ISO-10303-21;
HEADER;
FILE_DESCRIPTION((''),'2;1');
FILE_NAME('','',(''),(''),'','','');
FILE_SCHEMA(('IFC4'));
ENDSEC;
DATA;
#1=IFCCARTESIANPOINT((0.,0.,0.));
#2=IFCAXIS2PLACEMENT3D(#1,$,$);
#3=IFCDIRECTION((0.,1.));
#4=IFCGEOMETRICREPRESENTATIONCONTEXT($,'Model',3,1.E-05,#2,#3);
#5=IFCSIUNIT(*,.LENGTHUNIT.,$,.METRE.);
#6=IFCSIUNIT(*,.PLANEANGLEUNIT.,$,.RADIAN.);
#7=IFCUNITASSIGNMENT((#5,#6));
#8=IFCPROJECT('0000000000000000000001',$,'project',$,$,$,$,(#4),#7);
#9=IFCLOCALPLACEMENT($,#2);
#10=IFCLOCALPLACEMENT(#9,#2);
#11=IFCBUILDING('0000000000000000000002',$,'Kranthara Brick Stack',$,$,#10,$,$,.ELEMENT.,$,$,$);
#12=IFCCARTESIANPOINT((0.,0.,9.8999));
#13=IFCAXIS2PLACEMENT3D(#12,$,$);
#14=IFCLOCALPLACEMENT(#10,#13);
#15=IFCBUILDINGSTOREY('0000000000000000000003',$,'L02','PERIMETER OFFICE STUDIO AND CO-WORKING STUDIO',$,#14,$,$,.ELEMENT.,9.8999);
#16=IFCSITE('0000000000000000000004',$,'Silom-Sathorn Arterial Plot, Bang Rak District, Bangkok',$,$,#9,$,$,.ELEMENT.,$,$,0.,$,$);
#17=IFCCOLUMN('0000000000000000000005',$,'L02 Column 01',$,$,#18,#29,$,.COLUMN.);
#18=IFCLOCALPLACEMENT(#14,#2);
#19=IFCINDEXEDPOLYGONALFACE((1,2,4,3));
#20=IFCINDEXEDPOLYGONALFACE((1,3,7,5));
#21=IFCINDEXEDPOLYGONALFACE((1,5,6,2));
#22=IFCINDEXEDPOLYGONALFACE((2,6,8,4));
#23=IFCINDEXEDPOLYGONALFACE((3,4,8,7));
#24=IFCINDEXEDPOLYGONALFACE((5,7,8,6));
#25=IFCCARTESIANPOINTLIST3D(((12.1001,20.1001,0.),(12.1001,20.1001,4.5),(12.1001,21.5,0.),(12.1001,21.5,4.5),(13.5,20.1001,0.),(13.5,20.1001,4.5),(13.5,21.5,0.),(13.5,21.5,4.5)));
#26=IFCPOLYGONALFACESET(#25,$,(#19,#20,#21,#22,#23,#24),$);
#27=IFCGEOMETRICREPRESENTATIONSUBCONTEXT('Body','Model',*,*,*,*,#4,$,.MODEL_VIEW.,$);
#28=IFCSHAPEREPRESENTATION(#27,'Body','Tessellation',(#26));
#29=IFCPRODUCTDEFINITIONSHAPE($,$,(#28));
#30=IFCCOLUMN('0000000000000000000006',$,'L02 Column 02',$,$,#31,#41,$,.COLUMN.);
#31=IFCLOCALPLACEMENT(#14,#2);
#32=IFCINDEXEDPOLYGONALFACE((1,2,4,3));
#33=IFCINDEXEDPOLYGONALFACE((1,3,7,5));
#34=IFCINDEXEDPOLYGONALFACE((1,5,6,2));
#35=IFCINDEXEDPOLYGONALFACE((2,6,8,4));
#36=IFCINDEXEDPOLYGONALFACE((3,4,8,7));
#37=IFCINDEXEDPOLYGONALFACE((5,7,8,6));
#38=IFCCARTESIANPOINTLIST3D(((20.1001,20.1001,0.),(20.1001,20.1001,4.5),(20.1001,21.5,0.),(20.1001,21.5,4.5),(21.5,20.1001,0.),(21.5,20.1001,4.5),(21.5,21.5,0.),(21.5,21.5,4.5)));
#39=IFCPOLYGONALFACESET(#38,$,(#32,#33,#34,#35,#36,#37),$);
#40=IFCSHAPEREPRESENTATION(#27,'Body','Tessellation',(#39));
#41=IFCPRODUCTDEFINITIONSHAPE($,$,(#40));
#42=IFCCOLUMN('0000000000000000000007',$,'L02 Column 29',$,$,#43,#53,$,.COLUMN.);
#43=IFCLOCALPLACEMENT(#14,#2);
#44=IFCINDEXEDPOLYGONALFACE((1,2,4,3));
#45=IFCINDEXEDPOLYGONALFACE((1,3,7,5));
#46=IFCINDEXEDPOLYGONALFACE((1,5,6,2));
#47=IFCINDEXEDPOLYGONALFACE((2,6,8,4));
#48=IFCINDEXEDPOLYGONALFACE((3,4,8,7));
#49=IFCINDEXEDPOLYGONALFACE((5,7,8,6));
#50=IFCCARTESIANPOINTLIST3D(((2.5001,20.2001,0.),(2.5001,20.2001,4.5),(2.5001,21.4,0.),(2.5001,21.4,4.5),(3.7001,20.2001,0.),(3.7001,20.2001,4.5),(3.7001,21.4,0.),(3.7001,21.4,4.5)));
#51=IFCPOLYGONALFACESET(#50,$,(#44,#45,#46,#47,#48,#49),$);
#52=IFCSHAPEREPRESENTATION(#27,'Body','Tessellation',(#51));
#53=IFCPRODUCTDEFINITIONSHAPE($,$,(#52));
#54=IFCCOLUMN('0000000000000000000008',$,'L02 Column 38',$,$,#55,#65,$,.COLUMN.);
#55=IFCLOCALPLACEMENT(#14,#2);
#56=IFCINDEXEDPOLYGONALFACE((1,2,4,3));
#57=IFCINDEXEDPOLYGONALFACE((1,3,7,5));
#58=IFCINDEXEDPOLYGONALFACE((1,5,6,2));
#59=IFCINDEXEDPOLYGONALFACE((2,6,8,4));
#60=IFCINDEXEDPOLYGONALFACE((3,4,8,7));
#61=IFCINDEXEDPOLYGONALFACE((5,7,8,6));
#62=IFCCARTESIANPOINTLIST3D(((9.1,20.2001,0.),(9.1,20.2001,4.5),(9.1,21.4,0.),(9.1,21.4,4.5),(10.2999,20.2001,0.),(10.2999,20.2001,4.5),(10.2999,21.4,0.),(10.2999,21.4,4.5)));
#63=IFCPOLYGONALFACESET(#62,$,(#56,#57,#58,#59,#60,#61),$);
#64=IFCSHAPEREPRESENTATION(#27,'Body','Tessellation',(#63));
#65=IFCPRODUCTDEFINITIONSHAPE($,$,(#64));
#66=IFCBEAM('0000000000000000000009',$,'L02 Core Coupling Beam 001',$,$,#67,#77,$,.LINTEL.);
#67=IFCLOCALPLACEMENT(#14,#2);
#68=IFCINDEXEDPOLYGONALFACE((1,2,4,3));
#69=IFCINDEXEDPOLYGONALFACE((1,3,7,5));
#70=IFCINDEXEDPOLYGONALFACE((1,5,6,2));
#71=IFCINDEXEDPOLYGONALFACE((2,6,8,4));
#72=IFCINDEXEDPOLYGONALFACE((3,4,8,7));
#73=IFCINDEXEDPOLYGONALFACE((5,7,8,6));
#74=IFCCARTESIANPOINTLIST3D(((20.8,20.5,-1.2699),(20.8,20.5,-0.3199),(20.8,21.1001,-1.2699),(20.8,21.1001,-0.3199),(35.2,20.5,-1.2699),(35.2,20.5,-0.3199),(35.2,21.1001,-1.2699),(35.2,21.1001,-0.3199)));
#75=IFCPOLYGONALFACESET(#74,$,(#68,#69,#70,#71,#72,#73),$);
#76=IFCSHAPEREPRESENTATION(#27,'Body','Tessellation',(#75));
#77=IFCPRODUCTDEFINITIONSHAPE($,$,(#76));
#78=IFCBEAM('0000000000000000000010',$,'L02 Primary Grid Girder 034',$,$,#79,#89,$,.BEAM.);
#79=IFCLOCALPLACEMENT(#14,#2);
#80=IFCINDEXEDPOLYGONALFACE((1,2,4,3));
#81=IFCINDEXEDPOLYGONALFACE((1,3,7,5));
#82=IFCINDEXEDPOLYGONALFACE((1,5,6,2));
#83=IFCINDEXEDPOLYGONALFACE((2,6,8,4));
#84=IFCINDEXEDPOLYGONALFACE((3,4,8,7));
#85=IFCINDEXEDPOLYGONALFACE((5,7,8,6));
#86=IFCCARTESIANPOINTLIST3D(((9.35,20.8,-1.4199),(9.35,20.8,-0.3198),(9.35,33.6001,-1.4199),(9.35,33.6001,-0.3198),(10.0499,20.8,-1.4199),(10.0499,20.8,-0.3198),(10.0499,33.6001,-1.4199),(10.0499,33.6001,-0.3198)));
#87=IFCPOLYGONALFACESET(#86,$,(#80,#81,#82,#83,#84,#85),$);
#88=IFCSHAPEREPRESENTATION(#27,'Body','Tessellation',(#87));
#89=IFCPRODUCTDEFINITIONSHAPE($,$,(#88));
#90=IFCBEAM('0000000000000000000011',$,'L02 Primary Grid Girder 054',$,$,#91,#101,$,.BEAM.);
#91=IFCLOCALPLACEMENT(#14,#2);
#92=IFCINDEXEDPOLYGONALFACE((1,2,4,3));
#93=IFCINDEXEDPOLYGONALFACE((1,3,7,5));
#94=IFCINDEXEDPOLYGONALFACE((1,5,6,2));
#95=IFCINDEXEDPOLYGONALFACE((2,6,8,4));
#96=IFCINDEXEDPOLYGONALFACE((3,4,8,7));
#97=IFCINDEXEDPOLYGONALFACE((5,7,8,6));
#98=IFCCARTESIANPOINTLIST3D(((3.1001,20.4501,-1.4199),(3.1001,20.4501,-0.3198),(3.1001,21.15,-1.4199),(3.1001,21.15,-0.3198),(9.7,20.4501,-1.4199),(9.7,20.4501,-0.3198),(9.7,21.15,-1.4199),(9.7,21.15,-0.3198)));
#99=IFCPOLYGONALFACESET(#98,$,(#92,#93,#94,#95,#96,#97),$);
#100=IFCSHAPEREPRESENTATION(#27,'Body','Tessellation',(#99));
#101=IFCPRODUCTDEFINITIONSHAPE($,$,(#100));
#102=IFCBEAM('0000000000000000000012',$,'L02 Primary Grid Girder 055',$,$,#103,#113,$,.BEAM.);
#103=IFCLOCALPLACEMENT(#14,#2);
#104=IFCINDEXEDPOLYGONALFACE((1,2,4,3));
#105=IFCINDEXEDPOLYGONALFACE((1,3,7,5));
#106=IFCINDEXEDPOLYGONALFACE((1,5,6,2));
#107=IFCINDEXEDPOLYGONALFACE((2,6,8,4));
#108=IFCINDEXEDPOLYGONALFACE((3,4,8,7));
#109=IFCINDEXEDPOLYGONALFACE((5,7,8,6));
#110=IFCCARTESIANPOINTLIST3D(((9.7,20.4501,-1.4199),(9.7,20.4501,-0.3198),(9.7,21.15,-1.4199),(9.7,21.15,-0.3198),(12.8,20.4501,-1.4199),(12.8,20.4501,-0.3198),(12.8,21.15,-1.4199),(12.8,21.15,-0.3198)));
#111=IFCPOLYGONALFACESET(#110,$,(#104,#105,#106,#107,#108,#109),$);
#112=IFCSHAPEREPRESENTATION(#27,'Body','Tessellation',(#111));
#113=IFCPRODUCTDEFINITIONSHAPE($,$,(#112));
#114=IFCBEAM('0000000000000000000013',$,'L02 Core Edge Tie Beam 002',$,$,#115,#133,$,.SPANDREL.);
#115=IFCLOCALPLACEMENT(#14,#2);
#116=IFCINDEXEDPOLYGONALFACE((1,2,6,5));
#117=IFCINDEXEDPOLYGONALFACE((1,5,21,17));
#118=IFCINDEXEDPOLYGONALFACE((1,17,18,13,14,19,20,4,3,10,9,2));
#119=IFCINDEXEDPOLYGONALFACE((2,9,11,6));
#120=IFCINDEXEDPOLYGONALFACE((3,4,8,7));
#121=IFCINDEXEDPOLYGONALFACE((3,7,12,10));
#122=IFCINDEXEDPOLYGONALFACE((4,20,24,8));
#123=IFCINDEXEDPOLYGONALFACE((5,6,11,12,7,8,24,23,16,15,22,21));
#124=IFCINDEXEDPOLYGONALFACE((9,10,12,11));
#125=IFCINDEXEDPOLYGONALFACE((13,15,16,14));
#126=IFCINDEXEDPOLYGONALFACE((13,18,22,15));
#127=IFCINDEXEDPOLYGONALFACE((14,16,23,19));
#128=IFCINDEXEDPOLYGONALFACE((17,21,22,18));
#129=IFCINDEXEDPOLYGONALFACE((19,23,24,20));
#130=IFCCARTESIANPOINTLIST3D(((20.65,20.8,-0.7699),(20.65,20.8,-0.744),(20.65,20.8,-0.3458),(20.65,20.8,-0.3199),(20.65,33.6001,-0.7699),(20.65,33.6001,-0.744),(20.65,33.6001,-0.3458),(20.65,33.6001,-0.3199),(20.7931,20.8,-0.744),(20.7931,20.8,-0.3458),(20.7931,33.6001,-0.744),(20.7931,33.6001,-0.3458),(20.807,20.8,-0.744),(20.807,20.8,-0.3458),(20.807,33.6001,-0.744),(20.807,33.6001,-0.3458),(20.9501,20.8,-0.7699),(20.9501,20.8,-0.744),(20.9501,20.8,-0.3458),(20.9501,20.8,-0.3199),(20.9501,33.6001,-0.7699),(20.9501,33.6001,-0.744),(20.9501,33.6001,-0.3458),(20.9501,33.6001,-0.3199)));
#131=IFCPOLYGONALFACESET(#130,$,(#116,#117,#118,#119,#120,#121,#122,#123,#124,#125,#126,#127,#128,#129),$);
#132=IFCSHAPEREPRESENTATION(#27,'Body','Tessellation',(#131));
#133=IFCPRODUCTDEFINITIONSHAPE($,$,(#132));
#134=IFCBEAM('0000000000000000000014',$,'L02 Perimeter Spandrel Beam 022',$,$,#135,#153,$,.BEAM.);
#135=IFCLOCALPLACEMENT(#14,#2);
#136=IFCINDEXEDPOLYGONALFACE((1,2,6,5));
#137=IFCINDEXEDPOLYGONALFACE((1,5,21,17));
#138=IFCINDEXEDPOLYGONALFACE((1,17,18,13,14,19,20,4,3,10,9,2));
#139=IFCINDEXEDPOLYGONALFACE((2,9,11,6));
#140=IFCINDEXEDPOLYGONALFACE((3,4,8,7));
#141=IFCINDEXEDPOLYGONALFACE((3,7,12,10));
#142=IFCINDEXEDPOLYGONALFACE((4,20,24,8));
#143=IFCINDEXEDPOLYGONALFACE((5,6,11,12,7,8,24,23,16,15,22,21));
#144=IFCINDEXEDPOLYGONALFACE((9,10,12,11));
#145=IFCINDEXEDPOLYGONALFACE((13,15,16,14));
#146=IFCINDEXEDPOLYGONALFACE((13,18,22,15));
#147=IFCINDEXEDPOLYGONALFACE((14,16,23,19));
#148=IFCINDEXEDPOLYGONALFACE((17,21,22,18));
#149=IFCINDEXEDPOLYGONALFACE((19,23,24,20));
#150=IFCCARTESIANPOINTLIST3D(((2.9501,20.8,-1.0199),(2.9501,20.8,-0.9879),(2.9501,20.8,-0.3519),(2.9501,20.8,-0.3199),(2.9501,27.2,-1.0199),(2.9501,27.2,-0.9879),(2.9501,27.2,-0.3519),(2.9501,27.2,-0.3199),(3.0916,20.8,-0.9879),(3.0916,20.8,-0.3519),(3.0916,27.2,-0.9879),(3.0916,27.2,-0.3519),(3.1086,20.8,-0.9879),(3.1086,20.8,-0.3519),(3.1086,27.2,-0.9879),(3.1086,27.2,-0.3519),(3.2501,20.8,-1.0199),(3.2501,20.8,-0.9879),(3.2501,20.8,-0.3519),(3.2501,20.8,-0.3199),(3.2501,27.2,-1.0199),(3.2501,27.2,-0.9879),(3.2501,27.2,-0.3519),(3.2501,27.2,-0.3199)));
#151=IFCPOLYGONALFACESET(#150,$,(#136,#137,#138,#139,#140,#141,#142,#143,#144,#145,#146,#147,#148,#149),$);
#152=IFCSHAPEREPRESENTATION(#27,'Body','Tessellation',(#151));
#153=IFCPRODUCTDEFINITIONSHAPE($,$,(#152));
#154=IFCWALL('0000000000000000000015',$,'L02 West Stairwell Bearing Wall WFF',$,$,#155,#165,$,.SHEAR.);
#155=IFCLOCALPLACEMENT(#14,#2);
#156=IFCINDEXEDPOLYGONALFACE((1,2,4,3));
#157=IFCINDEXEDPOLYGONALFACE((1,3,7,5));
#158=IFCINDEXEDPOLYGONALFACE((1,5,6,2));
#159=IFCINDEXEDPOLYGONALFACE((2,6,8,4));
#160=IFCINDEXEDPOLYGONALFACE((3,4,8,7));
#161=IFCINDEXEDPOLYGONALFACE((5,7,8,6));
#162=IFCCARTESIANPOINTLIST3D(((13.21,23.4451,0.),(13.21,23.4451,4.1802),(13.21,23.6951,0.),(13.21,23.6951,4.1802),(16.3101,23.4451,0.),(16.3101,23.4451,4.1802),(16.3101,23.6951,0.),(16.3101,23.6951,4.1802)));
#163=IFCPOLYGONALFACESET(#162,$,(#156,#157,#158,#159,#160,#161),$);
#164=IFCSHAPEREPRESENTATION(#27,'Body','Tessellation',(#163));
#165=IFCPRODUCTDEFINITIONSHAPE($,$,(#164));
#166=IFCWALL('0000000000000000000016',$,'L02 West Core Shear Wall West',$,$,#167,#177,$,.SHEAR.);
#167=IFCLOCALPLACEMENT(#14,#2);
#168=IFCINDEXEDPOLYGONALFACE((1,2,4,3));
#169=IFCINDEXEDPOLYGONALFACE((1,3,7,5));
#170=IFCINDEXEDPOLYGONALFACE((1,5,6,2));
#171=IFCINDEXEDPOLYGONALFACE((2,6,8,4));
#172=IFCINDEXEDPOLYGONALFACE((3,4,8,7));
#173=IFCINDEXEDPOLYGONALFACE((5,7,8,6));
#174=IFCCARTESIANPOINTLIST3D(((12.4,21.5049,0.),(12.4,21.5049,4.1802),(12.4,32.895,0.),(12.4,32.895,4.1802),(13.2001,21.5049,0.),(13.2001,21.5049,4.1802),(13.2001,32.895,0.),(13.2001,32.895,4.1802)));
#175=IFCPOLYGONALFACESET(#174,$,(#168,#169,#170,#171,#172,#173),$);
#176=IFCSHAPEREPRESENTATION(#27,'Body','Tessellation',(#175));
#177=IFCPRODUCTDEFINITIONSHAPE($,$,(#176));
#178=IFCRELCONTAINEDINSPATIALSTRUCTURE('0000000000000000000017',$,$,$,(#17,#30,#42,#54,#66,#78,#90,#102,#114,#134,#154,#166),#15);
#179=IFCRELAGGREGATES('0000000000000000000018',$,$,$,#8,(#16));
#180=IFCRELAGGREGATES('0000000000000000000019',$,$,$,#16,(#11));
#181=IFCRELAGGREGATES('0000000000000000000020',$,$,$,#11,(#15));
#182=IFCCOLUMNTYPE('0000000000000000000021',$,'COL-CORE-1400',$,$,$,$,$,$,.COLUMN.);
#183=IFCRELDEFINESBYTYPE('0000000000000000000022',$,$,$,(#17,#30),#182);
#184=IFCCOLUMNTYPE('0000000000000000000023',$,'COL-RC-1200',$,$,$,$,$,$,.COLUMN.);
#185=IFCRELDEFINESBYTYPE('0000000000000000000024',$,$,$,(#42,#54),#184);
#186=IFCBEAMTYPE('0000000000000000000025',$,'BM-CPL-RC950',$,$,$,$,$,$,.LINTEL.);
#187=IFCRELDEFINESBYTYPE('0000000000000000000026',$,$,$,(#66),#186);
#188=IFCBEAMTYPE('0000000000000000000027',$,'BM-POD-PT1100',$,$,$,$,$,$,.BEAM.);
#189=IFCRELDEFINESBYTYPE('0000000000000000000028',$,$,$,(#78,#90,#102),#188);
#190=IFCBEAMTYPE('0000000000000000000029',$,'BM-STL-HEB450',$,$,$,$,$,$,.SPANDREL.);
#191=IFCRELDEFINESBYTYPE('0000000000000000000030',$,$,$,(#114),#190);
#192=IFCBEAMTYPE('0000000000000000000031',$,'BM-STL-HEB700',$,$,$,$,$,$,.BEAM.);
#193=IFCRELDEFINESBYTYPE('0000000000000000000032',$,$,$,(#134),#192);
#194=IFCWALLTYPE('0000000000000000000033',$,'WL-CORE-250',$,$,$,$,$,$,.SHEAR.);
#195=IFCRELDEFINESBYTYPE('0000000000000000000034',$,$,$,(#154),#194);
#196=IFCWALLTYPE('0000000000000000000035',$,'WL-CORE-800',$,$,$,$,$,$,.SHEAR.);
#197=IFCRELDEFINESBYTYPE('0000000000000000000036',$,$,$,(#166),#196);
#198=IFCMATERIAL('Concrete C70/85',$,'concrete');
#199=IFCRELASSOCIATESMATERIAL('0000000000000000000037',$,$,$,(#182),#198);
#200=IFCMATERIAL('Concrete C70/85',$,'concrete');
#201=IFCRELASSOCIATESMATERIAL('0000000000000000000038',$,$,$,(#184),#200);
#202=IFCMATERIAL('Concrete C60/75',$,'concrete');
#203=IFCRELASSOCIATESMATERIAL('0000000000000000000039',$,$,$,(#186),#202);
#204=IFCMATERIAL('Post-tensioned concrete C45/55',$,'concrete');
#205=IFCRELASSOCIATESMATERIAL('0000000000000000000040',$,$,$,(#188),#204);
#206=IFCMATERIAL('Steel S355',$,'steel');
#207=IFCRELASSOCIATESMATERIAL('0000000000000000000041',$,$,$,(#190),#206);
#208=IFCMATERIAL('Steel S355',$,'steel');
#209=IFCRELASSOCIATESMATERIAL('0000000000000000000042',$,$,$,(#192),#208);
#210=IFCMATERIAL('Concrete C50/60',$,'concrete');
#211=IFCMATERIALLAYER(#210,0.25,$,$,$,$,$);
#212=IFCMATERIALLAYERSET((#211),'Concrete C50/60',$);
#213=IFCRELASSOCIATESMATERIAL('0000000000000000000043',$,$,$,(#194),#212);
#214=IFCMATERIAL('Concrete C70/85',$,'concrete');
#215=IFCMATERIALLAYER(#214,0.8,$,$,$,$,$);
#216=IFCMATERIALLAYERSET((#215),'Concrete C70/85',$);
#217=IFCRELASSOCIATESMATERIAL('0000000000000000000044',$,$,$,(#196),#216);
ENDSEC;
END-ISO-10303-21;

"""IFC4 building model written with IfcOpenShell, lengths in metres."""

from ifc_helpers import new_model, si_unit, direction, frame, frame_2d, origin, origin_2d, place, context, subcontext, project, spatial, rectangle, i_section, extrude, material, layer, layer_set, material_profile, profile_set, type_object, element, save


model = new_model("IFC4")

# Units and contexts
model_context = context("Model", 3, precision=1e-05, world=origin(), true_north=direction((0.0, 1.0)))
body_context = subcontext(model_context, "Body", "Model", "MODEL_VIEW")
ifc_project = project(units=[si_unit("LENGTHUNIT", "METRE"), si_unit("PLANEANGLEUNIT", "RADIAN")], contexts=[model_context])

# Site, building, storey
site_placement = place(None, origin())
site = spatial("IfcSite", under=ifc_project, at=site_placement, Name="Silom-Sathorn Arterial Plot, Bang Rak District, Bangkok", CompositionType="ELEMENT", RefElevation=0.0)
building_placement = place(site_placement, origin())
building = spatial("IfcBuilding", under=site, at=building_placement, Name="Kranthara Brick Stack", CompositionType="ELEMENT")
storey_placement = place(building_placement, frame((0.0, 0.0, 9.8999)))
storey = spatial("IfcBuildingStorey", under=building, at=storey_placement, Name="L02", Description="PERIMETER OFFICE STUDIO AND CO-WORKING STUDIO", CompositionType="ELEMENT", Elevation=9.8999)

# Columns
ifc_material_1 = material(Name="Concrete C70/85", Category="concrete")
ifc_material_profile_1 = material_profile(ifc_material_1, rectangle(XDim=1.3999, YDim=1.3999, at=origin_2d()), Name="RC 1400x1400")
ifc_profile_set_1 = profile_set([ifc_material_profile_1], Name="Concrete C70/85")
column_type_1 = type_object("IfcColumnType", Name="COL-CORE-1400", PredefinedType="COLUMN", material=ifc_profile_set_1)
for number, where, z_axis, x_axis, name in (
    (1, (12.8, 20.8, 0.0), (0.0, 0.0, 1.0), (1.0, 0.0, 0.0), "L02 Column 01"),
    (2, (20.8, 20.8, 0.0), (0.0, 0.0, 1.0), (1.0, 0.0, 0.0), "L02 Column 02"),
):
    element("IfcColumn", number, at=place(storey_placement, frame(where, z_axis=z_axis, x_axis=x_axis)), inside=storey, type_object=column_type_1, Name=name, PredefinedType="COLUMN", context=body_context, shape_type="SweptSolid", body=[
        extrude(rectangle(XDim=1.3999, YDim=1.3999, at=origin_2d()), origin(), (0.0, 0.0, 1.0), 4.5),
    ])
ifc_material_2 = material(Name="Concrete C70/85", Category="concrete")
ifc_material_profile_2 = material_profile(ifc_material_2, rectangle(XDim=1.2, YDim=1.2, at=origin_2d()), Name="RC 1200x1200")
ifc_profile_set_2 = profile_set([ifc_material_profile_2], Name="Concrete C70/85")
column_type_2 = type_object("IfcColumnType", Name="COL-RC-1200", PredefinedType="COLUMN", material=ifc_profile_set_2)
for number, where, z_axis, x_axis, name in (
    (3, (3.1001, 20.8, 0.0), (0.0, 0.0, 1.0), (1.0, 0.0, 0.0), "L02 Column 29"),
    (4, (9.7, 20.8, 0.0), (0.0, 0.0, 1.0), (1.0, 0.0, 0.0), "L02 Column 38"),
):
    element("IfcColumn", number, at=place(storey_placement, frame(where, z_axis=z_axis, x_axis=x_axis)), inside=storey, type_object=column_type_2, Name=name, PredefinedType="COLUMN", context=body_context, shape_type="SweptSolid", body=[
        extrude(rectangle(XDim=1.2, YDim=1.2, at=origin_2d()), origin(), (0.0, 0.0, 1.0), 4.5),
    ])

# Beams
ifc_material_3 = material(Name="Concrete C60/75", Category="concrete")
ifc_material_profile_3 = material_profile(ifc_material_3, rectangle(XDim=0.6001, YDim=0.95, at=origin_2d()), Name="RC 600x950")
ifc_profile_set_3 = profile_set([ifc_material_profile_3], Name="Concrete C60/75")
beam_type_1 = type_object("IfcBeamType", Name="BM-CPL-RC950", PredefinedType="LINTEL", material=ifc_profile_set_3)
beam_1_placement = place(storey_placement, frame((20.8, 20.8, -0.7949), z_axis=(1.0, 0.0, 0.0), x_axis=(0.0, 1.0, 0.0)))
element("IfcBeam", 5, at=beam_1_placement, inside=storey, type_object=beam_type_1, Name="L02 Core Coupling Beam 001", PredefinedType="LINTEL", context=body_context, shape_type="SweptSolid", body=[
    extrude(rectangle(XDim=0.6001, YDim=0.95, at=origin_2d()), origin(), (0.0, 0.0, 1.0), 14.3999),
])
ifc_material_4 = material(Name="Post-tensioned concrete C45/55", Category="concrete")
ifc_material_profile_4 = material_profile(ifc_material_4, rectangle(XDim=0.7, YDim=1.1001, at=origin_2d()), Name="PT 700x1100")
ifc_profile_set_4 = profile_set([ifc_material_profile_4], Name="Post-tensioned concrete C45/55")
beam_type_2 = type_object("IfcBeamType", Name="BM-POD-PT1100", PredefinedType="BEAM", material=ifc_profile_set_4)
beam_2_placement = place(storey_placement, frame((9.7, 20.8, -0.8699), z_axis=(0.0, 1.0, 0.0), x_axis=(-1.0, 0.0, 0.0)))
element("IfcBeam", 6, at=beam_2_placement, inside=storey, type_object=beam_type_2, Name="L02 Primary Grid Girder 034", PredefinedType="BEAM", context=body_context, shape_type="SweptSolid", body=[
    extrude(rectangle(XDim=0.7, YDim=1.1001, at=origin_2d()), origin(), (0.0, 0.0, 1.0), 12.8),
])
beam_3_placement = place(storey_placement, frame((3.1001, 20.8, -0.8699), z_axis=(1.0, 0.0, 0.0), x_axis=(0.0, 1.0, 0.0)))
element("IfcBeam", 7, at=beam_3_placement, inside=storey, type_object=beam_type_2, Name="L02 Primary Grid Girder 054", PredefinedType="BEAM", context=body_context, shape_type="SweptSolid", body=[
    extrude(rectangle(XDim=0.7, YDim=1.1001, at=origin_2d()), origin(), (0.0, 0.0, 1.0), 6.5999),
])
beam_4_placement = place(storey_placement, frame((9.7, 20.8, -0.8699), z_axis=(1.0, 0.0, 0.0), x_axis=(0.0, 1.0, 0.0)))
element("IfcBeam", 8, at=beam_4_placement, inside=storey, type_object=beam_type_2, Name="L02 Primary Grid Girder 055", PredefinedType="BEAM", context=body_context, shape_type="SweptSolid", body=[
    extrude(rectangle(XDim=0.7, YDim=1.1001, at=origin_2d()), origin(), (0.0, 0.0, 1.0), 3.1001),
])
ifc_material_5 = material(Name="Steel S355", Category="steel")
ifc_material_profile_5 = material_profile(ifc_material_5, i_section(OverallWidth=0.3, OverallDepth=0.45, WebThickness=0.0139, FlangeThickness=0.0259, at=origin_2d()), Name="HEB 450")
ifc_profile_set_5 = profile_set([ifc_material_profile_5], Name="Steel S355")
beam_type_3 = type_object("IfcBeamType", Name="BM-STL-HEB450", PredefinedType="SPANDREL", material=ifc_profile_set_5)
beam_5_placement = place(storey_placement, frame((20.8, 20.8, -0.5449), z_axis=(0.0, 1.0, 0.0), x_axis=(-1.0, 0.0, 0.0)))
element("IfcBeam", 9, at=beam_5_placement, inside=storey, type_object=beam_type_3, Name="L02 Core Edge Tie Beam 002", PredefinedType="SPANDREL", context=body_context, shape_type="SweptSolid", body=[
    extrude(i_section(OverallWidth=0.3, OverallDepth=0.45, WebThickness=0.0139, FlangeThickness=0.0259, at=origin_2d()), origin(), (0.0, 0.0, 1.0), 12.8),
])
ifc_material_6 = material(Name="Steel S355", Category="steel")
ifc_material_profile_6 = material_profile(ifc_material_6, i_section(OverallWidth=0.3, OverallDepth=0.7, WebThickness=0.0171, FlangeThickness=0.032, at=origin_2d()), Name="HEB 700")
ifc_profile_set_6 = profile_set([ifc_material_profile_6], Name="Steel S355")
beam_type_4 = type_object("IfcBeamType", Name="BM-STL-HEB700", PredefinedType="BEAM", material=ifc_profile_set_6)
beam_6_placement = place(storey_placement, frame((3.1001, 20.8, -0.6699), z_axis=(0.0, 1.0, 0.0), x_axis=(-1.0, 0.0, 0.0)))
element("IfcBeam", 10, at=beam_6_placement, inside=storey, type_object=beam_type_4, Name="L02 Perimeter Spandrel Beam 022", PredefinedType="BEAM", context=body_context, shape_type="SweptSolid", body=[
    extrude(i_section(OverallWidth=0.3, OverallDepth=0.7, WebThickness=0.0171, FlangeThickness=0.032, at=origin_2d()), origin(), (0.0, 0.0, 1.0), 6.3999),
])

# Shared definitions
ifc_material_7 = material(Name="Concrete C50/60", Category="concrete")
ifc_layer_1 = layer(ifc_material_7, 0.25)
ifc_layer_set_1 = layer_set([ifc_layer_1], Name="Concrete C50/60")
wall_type_1 = type_object("IfcWallType", Name="WL-CORE-250", PredefinedType="SHEAR", material=ifc_layer_set_1)

# Walls
wall_1_placement = place(storey_placement, frame((13.21, 23.5701, 0.0), z_axis=(0.0, 0.0, 1.0), x_axis=(1.0, 0.0, 0.0)))
element("IfcWall", 11, at=wall_1_placement, inside=storey, type_object=wall_type_1, Name="L02 West Stairwell Bearing Wall WFF", PredefinedType="SHEAR", context=body_context, shape_type="SweptSolid", body=[
    extrude(rectangle(XDim=3.1001, YDim=0.25, at=frame_2d((1.55, 0.0))), origin(), (0.0, 0.0, 1.0), 4.1802),
])
ifc_material_8 = material(Name="Concrete C70/85", Category="concrete")
ifc_layer_2 = layer(ifc_material_8, 0.8)
ifc_layer_set_2 = layer_set([ifc_layer_2], Name="Concrete C70/85")
wall_type_2 = type_object("IfcWallType", Name="WL-CORE-800", PredefinedType="SHEAR", material=ifc_layer_set_2)
wall_2_placement = place(storey_placement, frame((12.8, 21.5049, 0.0), z_axis=(0.0, 0.0, 1.0), x_axis=(0.0, 1.0, 0.0)))
element("IfcWall", 12, at=wall_2_placement, inside=storey, type_object=wall_type_2, Name="L02 West Core Shear Wall West", PredefinedType="SHEAR", context=body_context, shape_type="SweptSolid", body=[
    extrude(rectangle(XDim=11.3901, YDim=0.8, at=frame_2d((5.6951, 0.0))), origin(), (0.0, 0.0, 1.0), 4.1802),
])

save(model, "model.ifc")
